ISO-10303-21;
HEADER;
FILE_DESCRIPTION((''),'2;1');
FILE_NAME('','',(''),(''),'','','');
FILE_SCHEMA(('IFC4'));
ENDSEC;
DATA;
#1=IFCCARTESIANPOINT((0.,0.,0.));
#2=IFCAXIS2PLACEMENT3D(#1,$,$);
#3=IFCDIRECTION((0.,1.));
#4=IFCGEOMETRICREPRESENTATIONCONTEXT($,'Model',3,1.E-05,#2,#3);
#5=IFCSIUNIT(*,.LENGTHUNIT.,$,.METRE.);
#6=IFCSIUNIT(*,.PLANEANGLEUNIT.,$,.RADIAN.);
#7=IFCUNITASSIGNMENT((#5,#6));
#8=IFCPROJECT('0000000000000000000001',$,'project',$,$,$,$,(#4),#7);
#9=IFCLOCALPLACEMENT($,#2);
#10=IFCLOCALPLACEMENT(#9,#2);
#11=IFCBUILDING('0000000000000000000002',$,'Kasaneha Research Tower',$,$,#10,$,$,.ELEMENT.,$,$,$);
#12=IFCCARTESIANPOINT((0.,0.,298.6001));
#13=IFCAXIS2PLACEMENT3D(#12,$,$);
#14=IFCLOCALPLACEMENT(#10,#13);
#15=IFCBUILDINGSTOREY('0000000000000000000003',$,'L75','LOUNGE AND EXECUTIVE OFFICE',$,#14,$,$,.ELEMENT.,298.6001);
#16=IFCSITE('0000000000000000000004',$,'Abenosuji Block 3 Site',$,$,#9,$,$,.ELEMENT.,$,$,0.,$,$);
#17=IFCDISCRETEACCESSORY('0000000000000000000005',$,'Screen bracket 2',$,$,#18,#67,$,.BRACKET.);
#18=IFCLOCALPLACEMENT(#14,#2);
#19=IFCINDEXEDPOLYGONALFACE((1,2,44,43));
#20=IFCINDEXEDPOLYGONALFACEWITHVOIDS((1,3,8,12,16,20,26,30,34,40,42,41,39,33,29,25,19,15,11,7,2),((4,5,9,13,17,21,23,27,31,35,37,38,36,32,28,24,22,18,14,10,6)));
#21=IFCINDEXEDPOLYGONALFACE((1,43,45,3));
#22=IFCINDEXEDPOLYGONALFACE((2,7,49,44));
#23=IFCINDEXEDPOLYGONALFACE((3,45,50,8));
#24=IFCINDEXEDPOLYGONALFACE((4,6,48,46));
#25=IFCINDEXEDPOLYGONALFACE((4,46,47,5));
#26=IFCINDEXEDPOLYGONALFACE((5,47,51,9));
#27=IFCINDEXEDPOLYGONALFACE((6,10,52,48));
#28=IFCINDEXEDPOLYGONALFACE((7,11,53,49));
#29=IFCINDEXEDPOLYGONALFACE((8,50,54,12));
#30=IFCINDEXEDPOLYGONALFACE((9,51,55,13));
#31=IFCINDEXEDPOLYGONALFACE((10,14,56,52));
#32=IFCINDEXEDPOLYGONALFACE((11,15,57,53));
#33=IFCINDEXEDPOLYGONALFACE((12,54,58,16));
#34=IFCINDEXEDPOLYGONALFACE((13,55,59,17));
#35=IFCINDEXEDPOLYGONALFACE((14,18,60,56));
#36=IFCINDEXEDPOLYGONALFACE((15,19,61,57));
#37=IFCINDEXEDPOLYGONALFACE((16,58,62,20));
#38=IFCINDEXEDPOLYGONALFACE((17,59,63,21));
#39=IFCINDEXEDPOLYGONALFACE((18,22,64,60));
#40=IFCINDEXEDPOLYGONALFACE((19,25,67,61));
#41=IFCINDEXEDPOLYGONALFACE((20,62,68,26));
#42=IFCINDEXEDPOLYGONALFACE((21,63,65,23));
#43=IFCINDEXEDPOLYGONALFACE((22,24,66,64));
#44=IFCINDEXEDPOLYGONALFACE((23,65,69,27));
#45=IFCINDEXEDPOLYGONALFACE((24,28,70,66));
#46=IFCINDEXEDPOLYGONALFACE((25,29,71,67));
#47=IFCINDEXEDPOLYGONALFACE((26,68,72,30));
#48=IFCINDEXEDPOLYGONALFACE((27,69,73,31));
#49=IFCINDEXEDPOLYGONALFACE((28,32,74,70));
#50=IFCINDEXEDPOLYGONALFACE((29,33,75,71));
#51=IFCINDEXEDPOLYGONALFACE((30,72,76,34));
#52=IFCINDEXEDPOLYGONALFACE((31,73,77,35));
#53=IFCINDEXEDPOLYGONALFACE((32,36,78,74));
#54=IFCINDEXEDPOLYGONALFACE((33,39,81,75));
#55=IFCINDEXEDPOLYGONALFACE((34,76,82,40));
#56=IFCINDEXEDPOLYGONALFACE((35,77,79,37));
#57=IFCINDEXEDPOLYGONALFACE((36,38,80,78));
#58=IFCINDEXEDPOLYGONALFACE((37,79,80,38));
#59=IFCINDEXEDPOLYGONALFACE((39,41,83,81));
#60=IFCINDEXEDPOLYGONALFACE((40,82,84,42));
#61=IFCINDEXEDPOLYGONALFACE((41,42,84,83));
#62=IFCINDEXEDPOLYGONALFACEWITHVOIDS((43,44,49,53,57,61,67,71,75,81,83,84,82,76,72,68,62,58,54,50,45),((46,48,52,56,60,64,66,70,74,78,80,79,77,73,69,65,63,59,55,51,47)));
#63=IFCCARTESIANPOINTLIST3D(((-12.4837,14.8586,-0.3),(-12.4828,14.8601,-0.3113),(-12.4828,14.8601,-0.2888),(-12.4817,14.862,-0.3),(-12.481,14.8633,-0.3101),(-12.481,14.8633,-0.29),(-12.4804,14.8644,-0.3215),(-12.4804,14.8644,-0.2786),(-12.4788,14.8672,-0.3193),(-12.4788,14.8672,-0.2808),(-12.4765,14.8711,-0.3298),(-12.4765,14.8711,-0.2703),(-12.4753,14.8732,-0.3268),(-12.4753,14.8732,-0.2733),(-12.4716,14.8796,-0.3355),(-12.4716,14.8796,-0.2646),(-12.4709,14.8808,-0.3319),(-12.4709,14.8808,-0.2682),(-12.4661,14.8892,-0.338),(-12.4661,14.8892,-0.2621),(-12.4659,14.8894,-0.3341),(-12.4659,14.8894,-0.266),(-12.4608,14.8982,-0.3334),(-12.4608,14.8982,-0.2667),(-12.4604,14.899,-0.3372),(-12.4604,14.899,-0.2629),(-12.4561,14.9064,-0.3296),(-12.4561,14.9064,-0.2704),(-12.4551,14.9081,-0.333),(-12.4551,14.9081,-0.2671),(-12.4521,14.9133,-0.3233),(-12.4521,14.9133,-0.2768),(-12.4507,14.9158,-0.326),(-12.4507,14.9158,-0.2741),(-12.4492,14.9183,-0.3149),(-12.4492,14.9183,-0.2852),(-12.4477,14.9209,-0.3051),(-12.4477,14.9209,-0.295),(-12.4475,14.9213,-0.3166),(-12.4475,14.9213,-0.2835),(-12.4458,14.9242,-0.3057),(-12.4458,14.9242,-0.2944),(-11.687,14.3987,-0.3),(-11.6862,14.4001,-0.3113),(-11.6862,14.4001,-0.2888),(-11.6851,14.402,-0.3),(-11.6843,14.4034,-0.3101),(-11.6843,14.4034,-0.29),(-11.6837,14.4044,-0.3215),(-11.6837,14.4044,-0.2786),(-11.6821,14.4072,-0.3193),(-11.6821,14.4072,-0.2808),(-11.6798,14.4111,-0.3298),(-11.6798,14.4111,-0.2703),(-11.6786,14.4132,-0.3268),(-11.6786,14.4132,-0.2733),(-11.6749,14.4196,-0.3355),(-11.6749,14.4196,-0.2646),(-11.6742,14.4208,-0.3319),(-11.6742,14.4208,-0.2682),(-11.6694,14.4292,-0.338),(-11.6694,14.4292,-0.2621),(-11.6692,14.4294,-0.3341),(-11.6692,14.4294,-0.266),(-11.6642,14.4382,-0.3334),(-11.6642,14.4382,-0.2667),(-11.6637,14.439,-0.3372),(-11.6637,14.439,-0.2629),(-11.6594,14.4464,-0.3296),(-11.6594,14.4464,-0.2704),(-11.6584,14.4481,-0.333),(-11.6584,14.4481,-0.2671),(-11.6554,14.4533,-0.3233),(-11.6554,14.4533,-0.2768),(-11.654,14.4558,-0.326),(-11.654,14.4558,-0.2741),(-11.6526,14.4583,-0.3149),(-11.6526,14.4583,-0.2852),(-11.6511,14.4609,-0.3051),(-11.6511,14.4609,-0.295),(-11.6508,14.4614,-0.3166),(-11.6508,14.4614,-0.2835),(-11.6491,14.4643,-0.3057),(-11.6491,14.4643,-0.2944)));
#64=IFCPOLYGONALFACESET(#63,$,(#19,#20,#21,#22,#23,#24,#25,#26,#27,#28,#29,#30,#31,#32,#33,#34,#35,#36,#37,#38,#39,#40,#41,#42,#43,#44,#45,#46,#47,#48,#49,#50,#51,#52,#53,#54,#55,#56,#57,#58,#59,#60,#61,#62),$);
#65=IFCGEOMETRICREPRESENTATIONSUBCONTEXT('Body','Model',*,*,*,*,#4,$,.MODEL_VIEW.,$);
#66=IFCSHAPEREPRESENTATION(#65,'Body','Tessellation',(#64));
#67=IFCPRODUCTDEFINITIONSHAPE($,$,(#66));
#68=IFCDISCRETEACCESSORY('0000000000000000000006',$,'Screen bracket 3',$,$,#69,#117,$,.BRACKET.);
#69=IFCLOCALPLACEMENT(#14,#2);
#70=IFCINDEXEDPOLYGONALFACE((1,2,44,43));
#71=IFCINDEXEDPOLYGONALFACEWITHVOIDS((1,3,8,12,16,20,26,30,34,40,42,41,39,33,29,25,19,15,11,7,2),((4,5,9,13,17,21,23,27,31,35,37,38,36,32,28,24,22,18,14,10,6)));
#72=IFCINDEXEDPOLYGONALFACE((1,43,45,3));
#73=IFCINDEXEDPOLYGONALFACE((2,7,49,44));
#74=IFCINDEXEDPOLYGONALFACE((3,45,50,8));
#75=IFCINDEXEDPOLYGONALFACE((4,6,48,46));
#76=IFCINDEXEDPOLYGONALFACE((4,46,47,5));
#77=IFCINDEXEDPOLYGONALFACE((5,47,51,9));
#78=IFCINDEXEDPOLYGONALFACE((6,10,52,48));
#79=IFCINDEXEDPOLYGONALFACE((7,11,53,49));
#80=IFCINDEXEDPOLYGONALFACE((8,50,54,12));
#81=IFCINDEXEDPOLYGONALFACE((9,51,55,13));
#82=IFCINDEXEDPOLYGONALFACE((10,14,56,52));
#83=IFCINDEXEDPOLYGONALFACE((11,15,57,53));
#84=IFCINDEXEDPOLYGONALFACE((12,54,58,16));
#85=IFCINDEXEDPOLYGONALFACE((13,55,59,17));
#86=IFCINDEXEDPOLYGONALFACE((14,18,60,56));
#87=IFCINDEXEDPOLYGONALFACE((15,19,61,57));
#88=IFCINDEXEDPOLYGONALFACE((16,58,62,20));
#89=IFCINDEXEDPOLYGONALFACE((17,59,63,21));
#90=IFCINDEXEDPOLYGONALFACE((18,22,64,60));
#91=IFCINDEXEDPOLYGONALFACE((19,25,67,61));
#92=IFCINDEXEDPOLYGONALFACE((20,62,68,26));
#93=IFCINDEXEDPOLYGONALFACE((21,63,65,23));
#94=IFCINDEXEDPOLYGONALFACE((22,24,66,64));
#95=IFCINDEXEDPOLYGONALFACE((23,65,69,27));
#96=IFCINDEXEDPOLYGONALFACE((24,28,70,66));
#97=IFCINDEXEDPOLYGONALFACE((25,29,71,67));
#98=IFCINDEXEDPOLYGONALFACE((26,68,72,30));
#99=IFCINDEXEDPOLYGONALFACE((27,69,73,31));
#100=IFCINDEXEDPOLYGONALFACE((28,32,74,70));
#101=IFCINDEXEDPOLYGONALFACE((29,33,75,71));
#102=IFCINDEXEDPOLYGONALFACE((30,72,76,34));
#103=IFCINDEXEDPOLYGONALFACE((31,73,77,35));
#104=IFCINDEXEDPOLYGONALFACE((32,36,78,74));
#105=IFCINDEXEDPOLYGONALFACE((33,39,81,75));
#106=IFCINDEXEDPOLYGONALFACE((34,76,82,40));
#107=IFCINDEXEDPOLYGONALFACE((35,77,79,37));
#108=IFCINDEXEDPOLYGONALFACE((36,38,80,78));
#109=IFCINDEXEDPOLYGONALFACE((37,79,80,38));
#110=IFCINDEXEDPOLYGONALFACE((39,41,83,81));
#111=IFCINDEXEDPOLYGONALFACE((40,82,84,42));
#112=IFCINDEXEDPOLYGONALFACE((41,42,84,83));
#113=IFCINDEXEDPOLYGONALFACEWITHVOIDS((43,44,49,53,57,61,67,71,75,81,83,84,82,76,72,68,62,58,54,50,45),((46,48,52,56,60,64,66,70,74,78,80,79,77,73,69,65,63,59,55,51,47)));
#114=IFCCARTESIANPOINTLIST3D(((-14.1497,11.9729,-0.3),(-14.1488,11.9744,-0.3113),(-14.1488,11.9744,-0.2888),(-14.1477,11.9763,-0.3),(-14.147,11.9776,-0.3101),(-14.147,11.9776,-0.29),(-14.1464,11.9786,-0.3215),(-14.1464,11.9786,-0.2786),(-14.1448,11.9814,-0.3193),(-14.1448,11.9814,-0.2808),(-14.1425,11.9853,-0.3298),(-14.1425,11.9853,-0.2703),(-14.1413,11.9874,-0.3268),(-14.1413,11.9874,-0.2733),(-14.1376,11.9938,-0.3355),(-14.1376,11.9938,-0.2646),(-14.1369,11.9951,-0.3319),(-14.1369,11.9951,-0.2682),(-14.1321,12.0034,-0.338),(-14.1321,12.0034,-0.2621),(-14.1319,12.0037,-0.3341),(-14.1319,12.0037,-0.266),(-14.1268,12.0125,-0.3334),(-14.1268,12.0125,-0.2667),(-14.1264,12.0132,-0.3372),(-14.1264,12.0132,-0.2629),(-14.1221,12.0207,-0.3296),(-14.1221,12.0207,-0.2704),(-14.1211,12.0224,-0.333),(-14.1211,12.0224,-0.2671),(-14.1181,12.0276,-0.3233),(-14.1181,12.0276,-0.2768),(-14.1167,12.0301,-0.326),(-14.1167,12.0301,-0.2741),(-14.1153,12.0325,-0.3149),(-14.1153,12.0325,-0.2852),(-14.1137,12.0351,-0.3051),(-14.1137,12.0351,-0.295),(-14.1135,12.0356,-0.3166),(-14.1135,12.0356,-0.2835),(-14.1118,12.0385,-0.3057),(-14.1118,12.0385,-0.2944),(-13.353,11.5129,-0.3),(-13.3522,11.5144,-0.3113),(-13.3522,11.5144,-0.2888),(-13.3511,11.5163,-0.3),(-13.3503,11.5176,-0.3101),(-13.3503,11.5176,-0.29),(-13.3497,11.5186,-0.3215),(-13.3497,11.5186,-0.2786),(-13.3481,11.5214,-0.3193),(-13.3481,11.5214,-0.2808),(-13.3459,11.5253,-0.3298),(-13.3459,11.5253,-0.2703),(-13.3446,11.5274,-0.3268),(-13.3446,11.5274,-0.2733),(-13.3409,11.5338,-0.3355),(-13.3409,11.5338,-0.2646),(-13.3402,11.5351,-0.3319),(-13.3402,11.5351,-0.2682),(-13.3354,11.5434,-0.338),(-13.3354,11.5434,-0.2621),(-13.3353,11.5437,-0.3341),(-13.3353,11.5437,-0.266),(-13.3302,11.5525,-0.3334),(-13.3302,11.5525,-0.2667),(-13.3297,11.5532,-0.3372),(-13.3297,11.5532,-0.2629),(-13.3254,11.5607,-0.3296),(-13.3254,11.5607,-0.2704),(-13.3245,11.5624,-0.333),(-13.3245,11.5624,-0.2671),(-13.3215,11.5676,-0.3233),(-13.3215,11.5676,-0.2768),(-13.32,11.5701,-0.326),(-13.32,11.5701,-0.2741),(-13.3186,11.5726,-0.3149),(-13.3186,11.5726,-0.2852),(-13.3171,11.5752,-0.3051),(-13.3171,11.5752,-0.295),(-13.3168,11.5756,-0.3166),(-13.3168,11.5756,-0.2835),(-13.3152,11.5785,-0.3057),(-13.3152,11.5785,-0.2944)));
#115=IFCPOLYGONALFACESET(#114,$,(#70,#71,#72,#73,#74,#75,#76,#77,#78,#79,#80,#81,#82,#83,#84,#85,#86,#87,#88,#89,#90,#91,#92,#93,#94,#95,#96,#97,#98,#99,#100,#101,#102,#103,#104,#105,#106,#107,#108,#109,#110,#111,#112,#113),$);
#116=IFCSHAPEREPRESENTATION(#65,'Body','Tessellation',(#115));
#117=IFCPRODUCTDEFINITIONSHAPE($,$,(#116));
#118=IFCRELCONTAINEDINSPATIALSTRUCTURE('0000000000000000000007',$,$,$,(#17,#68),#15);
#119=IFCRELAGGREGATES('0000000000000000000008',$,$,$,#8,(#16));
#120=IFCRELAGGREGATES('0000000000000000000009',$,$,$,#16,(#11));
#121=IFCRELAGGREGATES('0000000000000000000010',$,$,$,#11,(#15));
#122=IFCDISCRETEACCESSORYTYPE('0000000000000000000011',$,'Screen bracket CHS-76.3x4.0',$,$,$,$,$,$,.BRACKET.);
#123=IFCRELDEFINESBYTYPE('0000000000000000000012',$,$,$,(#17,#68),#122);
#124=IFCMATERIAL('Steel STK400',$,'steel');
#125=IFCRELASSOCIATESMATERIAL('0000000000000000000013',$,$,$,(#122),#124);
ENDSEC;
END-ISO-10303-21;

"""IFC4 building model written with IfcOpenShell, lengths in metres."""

from ifc_helpers import new_model, si_unit, direction, frame, origin, origin_2d, place, context, subcontext, project, spatial, hollow_circle, extrude, material, material_profile, profile_set, type_object, element, save


model = new_model("IFC4")

# Units and contexts
model_context = context("Model", 3, precision=1e-05, world=origin(), true_north=direction((0.0, 1.0)))
body_context = subcontext(model_context, "Body", "Model", "MODEL_VIEW")
ifc_project = project(units=[si_unit("LENGTHUNIT", "METRE"), si_unit("PLANEANGLEUNIT", "RADIAN")], contexts=[model_context])

# Site, building, storey
site_placement = place(None, origin())
site = spatial("IfcSite", under=ifc_project, at=site_placement, Name="Abenosuji Block 3 Site", CompositionType="ELEMENT", RefElevation=0.0)
building_placement = place(site_placement, origin())
building = spatial("IfcBuilding", under=site, at=building_placement, Name="Kasaneha Research Tower", CompositionType="ELEMENT")
storey_placement = place(building_placement, frame((0.0, 0.0, 298.6001)))
storey = spatial("IfcBuildingStorey", under=building, at=storey_placement, Name="L75", Description="LOUNGE AND EXECUTIVE OFFICE", CompositionType="ELEMENT", Elevation=298.6001)

# Discrete accessories
ifc_material_1 = material(Name="Steel STK400", Category="steel")
ifc_material_profile_1 = material_profile(ifc_material_1, hollow_circle(Radius=0.0381, WallThickness=0.0039, at=origin_2d()), Name="CHS-76.3x4.0")
ifc_profile_set_1 = profile_set([ifc_material_profile_1], Name="Steel STK400")
discrete_accessory_type = type_object("IfcDiscreteAccessoryType", Name="Screen bracket CHS-76.3x4.0", PredefinedType="BRACKET", material=ifc_profile_set_1)
for number, where, z_axis, x_axis, name in (
    (1, (-11.668, 14.4316, -0.3), (-0.866013, 0.500021, 0.0), (-0.500021, -0.866013, 0.0), "Screen bracket 2"),
    (2, (-13.334, 11.5459, -0.3), (-0.866013, 0.500021, 0.0), (-0.500021, -0.866013, 0.0), "Screen bracket 3"),
):
    element("IfcDiscreteAccessory", number, at=place(storey_placement, frame(where, z_axis=z_axis, x_axis=x_axis)), inside=storey, type_object=discrete_accessory_type, Name=name, PredefinedType="BRACKET", context=body_context, shape_type="SweptSolid", body=[
        extrude(hollow_circle(Radius=0.0381, WallThickness=0.0039, at=origin_2d()), origin(), (0.0, 0.0, 1.0), 0.9199),
    ])

save(model, "model.ifc")
